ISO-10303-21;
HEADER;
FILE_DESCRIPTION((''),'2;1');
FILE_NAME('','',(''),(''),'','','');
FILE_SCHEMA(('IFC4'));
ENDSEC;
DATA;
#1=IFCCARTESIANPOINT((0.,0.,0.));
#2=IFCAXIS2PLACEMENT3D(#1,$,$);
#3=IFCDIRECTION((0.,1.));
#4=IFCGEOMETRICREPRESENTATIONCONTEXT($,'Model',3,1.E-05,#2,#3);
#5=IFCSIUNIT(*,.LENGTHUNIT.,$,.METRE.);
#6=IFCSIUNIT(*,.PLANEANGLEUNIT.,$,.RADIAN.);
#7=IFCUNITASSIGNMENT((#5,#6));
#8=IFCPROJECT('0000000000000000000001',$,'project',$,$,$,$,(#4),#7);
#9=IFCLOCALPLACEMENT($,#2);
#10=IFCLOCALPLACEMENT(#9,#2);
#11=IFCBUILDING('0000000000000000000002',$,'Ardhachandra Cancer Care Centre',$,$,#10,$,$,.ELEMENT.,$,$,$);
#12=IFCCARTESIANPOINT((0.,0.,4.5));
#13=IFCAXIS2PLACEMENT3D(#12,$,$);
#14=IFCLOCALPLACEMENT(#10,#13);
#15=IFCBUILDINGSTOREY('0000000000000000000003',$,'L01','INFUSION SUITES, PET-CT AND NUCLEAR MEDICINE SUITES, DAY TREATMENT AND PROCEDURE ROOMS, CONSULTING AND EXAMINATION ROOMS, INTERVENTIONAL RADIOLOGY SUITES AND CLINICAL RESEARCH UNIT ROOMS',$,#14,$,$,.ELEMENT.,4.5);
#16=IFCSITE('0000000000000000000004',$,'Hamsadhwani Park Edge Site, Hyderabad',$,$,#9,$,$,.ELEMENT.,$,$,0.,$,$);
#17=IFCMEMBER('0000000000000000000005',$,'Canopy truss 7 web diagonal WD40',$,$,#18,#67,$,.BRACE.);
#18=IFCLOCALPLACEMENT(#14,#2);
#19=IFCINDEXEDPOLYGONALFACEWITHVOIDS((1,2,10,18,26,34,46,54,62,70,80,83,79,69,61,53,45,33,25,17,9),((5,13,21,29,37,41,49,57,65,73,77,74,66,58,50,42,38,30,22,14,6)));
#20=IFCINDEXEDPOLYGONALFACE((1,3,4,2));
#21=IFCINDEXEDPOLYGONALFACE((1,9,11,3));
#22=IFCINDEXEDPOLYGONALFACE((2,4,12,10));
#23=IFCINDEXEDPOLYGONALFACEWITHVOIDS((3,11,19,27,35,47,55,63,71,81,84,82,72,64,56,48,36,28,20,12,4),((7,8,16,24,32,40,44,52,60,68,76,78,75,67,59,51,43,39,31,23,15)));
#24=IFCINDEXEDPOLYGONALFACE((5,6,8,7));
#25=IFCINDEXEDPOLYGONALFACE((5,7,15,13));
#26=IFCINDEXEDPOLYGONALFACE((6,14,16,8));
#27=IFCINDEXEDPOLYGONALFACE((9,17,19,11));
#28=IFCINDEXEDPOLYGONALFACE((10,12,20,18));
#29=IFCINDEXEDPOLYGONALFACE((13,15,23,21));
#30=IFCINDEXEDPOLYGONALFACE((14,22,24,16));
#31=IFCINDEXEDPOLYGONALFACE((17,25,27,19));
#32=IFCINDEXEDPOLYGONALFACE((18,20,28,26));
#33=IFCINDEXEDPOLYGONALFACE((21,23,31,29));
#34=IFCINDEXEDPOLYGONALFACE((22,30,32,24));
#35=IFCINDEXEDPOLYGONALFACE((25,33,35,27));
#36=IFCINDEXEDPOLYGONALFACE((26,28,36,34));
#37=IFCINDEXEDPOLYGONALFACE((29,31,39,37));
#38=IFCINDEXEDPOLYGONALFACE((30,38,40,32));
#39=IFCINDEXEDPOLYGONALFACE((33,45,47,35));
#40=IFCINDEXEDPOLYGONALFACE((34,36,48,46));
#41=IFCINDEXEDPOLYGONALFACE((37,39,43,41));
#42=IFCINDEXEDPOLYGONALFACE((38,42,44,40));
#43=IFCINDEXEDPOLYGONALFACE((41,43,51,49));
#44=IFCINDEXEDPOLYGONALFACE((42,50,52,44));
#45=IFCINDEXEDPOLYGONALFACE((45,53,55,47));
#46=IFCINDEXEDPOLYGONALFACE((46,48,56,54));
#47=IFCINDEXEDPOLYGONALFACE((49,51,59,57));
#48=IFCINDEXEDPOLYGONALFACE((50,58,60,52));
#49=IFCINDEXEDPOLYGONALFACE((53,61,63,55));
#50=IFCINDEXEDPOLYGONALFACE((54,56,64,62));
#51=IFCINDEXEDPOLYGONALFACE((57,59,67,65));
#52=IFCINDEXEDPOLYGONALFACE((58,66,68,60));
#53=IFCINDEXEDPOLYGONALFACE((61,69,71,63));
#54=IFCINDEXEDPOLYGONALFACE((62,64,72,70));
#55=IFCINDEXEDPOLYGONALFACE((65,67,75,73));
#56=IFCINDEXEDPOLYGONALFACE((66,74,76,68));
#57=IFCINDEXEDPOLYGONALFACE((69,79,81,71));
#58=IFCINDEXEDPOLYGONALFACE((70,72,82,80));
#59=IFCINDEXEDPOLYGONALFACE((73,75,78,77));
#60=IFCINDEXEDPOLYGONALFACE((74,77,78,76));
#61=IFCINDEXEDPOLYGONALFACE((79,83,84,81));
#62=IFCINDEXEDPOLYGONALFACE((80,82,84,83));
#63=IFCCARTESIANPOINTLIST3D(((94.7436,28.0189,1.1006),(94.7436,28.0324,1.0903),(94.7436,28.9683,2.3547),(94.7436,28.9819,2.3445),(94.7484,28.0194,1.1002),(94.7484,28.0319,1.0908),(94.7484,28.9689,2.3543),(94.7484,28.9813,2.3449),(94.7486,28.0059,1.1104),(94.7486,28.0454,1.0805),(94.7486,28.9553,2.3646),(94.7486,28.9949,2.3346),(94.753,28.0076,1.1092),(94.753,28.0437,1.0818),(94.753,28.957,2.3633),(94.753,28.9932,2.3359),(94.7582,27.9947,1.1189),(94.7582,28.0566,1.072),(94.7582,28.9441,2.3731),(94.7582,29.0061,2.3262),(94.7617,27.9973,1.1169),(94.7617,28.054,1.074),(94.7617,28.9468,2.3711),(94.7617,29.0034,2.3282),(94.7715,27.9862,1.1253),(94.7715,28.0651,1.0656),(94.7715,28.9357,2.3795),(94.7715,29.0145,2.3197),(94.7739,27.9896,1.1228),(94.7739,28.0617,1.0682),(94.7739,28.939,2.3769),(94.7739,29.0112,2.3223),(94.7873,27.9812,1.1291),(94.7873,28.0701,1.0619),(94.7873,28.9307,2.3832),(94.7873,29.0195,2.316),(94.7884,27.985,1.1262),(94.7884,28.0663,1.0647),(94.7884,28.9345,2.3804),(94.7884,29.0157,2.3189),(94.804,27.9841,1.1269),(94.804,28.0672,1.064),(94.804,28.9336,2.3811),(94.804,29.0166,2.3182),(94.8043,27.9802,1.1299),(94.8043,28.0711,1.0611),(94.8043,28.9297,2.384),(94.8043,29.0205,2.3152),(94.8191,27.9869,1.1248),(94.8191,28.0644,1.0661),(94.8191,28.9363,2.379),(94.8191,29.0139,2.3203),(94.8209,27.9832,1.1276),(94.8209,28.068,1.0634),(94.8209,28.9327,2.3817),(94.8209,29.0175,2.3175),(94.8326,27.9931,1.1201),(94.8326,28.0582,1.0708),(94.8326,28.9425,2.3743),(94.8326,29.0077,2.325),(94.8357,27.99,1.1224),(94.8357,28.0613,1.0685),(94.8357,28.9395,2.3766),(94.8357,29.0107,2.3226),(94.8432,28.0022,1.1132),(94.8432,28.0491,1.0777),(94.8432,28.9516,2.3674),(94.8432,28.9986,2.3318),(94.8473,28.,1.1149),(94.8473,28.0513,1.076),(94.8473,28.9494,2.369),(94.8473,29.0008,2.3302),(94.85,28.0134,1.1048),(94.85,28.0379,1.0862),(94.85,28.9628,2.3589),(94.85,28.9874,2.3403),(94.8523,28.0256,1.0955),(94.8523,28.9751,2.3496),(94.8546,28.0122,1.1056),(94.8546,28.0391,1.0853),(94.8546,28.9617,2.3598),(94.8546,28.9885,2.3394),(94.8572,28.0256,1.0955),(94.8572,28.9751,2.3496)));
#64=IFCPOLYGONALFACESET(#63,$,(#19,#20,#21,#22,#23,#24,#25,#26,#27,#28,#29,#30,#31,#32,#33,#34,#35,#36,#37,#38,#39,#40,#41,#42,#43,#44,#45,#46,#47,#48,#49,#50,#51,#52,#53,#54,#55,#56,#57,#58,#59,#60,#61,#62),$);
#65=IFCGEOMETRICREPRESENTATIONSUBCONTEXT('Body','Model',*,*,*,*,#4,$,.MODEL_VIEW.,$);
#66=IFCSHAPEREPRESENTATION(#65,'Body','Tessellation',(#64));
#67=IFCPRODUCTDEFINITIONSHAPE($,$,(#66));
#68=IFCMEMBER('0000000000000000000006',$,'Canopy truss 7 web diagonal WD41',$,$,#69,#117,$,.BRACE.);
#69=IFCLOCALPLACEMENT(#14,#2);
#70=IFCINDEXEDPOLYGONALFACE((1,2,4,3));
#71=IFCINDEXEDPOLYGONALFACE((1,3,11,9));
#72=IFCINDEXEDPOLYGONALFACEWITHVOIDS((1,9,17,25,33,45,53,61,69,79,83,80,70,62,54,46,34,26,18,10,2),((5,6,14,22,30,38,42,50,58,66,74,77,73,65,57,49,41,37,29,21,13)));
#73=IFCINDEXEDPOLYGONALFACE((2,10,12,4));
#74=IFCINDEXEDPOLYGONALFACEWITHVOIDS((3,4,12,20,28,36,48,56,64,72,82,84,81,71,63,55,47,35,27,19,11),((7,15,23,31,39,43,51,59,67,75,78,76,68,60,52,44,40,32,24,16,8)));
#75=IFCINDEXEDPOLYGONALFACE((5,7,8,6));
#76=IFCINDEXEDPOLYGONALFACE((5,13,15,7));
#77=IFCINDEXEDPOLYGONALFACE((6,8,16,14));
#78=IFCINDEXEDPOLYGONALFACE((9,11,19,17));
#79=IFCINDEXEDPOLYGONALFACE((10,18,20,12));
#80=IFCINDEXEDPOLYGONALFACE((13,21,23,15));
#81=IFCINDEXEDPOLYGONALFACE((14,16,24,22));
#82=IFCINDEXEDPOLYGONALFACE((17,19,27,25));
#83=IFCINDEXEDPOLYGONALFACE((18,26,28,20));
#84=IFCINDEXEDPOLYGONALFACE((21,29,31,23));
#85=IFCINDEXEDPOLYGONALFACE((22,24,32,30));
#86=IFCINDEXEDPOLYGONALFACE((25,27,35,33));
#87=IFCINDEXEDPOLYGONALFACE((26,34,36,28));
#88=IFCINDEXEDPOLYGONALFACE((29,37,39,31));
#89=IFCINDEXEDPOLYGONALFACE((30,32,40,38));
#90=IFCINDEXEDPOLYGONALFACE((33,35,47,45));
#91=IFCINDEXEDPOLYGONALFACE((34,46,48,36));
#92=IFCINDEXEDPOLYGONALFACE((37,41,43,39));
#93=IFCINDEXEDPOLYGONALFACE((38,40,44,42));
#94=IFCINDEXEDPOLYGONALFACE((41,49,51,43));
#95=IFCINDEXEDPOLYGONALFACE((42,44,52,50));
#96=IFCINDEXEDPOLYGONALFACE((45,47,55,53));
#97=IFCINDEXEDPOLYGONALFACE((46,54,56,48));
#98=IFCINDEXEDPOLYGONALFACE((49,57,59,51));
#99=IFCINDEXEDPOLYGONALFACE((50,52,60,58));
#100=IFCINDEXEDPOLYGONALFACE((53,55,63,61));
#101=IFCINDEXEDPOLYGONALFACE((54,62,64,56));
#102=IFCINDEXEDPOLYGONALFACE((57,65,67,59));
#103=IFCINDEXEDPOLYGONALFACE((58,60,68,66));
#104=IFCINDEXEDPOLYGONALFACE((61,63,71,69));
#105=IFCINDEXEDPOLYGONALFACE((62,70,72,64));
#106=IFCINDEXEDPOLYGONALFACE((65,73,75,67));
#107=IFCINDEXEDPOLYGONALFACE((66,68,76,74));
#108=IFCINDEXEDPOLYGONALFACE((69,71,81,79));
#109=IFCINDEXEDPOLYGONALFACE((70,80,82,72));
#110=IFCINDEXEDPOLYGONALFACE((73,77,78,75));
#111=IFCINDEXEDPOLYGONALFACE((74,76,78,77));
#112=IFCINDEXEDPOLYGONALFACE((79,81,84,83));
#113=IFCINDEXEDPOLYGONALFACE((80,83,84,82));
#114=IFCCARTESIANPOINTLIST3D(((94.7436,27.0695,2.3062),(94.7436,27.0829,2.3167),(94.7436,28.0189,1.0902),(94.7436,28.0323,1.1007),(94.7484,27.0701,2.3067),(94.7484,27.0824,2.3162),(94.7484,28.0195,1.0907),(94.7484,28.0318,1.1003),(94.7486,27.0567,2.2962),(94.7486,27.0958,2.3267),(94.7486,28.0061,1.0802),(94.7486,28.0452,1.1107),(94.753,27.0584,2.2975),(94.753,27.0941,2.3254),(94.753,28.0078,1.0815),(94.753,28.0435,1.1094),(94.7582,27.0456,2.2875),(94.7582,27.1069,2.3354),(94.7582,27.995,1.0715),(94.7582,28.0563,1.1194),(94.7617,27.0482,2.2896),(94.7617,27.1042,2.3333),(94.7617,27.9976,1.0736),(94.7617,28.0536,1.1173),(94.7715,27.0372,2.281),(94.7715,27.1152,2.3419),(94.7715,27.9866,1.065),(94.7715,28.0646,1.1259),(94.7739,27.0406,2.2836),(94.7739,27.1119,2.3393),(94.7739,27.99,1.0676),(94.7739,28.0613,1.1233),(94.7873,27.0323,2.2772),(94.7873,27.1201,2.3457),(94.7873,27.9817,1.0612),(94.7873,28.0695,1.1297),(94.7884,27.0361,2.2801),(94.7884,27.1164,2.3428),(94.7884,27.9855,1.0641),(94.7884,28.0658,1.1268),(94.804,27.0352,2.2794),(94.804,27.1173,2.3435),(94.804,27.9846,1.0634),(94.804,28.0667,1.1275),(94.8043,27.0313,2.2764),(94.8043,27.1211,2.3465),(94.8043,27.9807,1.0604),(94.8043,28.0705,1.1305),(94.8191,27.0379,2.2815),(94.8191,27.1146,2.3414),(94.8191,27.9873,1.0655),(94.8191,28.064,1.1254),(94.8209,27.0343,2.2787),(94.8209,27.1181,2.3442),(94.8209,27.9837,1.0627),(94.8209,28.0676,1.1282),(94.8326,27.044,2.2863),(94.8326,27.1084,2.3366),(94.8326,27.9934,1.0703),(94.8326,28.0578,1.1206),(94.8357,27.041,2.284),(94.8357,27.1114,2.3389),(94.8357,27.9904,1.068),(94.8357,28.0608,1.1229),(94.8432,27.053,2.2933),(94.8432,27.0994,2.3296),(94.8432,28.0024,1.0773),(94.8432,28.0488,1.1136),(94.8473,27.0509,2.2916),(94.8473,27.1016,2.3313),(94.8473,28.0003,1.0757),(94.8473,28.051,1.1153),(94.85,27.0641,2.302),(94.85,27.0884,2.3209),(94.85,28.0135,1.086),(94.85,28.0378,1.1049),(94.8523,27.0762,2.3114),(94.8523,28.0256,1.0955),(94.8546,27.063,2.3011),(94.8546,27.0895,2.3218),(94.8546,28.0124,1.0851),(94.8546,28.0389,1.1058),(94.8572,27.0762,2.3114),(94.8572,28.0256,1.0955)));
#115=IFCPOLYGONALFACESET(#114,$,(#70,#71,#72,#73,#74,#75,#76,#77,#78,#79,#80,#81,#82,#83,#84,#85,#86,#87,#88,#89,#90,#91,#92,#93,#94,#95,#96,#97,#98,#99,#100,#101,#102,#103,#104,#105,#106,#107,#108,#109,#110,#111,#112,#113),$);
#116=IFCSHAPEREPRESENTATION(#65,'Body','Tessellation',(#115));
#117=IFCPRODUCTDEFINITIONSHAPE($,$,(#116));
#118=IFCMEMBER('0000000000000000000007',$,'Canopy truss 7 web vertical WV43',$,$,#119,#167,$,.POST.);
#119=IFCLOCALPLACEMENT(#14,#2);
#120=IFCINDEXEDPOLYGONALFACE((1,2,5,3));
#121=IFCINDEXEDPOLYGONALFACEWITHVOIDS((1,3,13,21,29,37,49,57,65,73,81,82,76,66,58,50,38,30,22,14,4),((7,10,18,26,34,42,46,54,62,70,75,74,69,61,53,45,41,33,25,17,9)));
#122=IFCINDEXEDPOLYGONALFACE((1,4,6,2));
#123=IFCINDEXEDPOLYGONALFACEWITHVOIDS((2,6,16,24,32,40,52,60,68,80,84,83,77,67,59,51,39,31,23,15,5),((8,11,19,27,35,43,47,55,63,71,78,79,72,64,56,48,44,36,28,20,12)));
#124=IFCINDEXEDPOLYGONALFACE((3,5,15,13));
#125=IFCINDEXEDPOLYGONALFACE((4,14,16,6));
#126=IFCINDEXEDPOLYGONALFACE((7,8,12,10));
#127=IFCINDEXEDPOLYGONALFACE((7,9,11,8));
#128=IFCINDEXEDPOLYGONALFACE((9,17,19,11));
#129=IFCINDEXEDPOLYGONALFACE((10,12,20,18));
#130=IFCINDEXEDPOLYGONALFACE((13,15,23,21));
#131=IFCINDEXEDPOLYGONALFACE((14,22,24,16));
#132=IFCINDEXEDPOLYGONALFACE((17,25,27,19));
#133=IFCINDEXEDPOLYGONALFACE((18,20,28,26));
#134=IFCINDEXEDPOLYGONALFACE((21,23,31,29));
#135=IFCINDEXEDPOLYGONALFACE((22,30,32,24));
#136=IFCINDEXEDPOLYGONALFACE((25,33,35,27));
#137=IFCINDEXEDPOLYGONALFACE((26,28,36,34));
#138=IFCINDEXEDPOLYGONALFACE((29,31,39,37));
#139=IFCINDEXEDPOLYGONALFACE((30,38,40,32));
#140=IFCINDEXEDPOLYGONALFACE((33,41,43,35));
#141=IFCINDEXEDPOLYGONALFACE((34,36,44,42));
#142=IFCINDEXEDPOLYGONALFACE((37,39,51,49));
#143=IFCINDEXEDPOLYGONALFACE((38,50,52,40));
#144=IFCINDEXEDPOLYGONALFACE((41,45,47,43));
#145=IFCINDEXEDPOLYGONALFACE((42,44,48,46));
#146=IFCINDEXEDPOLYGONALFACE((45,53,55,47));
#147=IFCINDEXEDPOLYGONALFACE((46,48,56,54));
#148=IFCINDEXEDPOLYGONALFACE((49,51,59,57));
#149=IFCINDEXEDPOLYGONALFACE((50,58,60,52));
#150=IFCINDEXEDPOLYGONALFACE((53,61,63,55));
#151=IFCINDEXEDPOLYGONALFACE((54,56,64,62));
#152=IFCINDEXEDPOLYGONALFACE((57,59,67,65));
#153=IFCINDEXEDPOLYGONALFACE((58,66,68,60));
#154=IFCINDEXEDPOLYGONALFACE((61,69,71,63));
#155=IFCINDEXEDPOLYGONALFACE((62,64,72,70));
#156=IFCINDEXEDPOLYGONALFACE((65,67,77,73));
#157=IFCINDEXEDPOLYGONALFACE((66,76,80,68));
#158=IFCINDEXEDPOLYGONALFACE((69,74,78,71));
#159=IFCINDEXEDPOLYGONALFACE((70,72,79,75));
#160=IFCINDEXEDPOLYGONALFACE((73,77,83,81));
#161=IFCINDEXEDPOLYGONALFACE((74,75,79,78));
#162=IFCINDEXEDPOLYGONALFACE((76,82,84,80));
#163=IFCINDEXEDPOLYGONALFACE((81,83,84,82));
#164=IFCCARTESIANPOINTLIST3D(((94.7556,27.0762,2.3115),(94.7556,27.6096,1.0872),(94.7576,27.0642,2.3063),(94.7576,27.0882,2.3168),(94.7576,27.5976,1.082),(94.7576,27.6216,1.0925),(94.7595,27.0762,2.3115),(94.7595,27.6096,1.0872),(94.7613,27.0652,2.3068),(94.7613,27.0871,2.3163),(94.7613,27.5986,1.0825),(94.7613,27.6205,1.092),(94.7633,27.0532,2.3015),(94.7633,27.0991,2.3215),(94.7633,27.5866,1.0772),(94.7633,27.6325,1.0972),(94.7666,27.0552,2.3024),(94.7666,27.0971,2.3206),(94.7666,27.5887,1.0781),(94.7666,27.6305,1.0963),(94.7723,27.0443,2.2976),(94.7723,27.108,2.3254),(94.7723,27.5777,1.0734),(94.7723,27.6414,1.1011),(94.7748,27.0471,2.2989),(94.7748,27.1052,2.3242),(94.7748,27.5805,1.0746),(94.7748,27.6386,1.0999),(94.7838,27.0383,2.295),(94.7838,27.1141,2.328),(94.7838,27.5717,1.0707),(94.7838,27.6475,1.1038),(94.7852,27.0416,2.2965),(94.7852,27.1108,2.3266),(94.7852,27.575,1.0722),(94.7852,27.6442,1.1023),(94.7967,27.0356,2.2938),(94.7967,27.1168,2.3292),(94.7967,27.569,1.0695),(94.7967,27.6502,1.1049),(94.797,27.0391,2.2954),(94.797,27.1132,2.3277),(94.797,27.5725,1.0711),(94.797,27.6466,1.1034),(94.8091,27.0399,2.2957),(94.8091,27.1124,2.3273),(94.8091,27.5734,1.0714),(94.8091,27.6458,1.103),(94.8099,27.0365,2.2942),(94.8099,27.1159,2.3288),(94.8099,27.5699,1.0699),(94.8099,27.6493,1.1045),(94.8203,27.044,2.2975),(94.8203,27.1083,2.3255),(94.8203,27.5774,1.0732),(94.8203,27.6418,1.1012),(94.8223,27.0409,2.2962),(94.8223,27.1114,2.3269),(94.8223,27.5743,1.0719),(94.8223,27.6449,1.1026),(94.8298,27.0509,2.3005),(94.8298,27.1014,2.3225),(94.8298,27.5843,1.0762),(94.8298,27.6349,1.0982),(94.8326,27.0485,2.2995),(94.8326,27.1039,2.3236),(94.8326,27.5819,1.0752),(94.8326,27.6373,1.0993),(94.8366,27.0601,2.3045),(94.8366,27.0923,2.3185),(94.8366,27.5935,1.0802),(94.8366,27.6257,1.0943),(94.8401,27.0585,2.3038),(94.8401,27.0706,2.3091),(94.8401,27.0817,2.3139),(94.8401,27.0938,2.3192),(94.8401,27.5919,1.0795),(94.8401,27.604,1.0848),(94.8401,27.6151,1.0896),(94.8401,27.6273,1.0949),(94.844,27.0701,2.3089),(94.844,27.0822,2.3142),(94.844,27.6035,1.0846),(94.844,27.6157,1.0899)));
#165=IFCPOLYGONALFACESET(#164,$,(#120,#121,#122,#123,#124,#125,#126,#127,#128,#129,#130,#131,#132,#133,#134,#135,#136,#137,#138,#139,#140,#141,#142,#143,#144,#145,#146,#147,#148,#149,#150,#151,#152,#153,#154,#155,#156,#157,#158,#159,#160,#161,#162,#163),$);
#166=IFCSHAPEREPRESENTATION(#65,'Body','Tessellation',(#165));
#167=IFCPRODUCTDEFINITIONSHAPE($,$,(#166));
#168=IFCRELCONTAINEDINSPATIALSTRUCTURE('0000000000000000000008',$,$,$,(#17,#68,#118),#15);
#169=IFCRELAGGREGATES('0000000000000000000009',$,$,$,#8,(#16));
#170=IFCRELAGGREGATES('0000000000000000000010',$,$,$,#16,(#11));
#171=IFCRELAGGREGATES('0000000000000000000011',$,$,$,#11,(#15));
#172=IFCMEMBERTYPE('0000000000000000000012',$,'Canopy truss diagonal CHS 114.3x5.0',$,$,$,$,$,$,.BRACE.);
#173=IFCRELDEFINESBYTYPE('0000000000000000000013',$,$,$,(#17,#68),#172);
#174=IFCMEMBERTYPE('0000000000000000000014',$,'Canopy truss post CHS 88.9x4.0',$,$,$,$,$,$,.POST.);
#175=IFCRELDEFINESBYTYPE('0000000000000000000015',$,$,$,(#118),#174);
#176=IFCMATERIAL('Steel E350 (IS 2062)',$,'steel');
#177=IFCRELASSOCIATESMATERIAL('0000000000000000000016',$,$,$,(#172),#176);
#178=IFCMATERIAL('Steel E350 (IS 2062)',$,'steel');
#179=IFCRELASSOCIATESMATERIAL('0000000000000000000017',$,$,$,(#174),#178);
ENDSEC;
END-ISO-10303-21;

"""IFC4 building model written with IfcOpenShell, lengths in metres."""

from ifc_helpers import new_model, si_unit, direction, frame, origin, origin_2d, place, context, subcontext, project, spatial, hollow_circle, extrude, material, material_profile, profile_set, type_object, element, save


model = new_model("IFC4")

# Units and contexts
model_context = context("Model", 3, precision=1e-05, world=origin(), true_north=direction((0.0, 1.0)))
body_context = subcontext(model_context, "Body", "Model", "MODEL_VIEW")
ifc_project = project(units=[si_unit("LENGTHUNIT", "METRE"), si_unit("PLANEANGLEUNIT", "RADIAN")], contexts=[model_context])

# Site, building, storey
site_placement = place(None, origin())
site = spatial("IfcSite", under=ifc_project, at=site_placement, Name="Hamsadhwani Park Edge Site, Hyderabad", CompositionType="ELEMENT", RefElevation=0.0)
building_placement = place(site_placement, origin())
building = spatial("IfcBuilding", under=site, at=building_placement, Name="Ardhachandra Cancer Care Centre", CompositionType="ELEMENT")
storey_placement = place(building_placement, frame((0.0, 0.0, 4.5)))
storey = spatial("IfcBuildingStorey", under=building, at=storey_placement, Name="L01", Description="INFUSION SUITES, PET-CT AND NUCLEAR MEDICINE SUITES, DAY TREATMENT AND PROCEDURE ROOMS, CONSULTING AND EXAMINATION ROOMS, INTERVENTIONAL RADIOLOGY SUITES AND CLINICAL RESEARCH UNIT ROOMS", CompositionType="ELEMENT", Elevation=4.5)

# Members
ifc_material_1 = material(Name="Steel E350 (IS 2062)", Category="steel")
ifc_material_profile_1 = material_profile(ifc_material_1, hollow_circle(Radius=0.0571, WallThickness=0.0049, at=origin_2d()), Name="CHS 114.3x5.0")
ifc_profile_set_1 = profile_set([ifc_material_profile_1], Name="Steel E350 (IS 2062)")
member_type_1 = type_object("IfcMemberType", Name="Canopy truss diagonal CHS 114.3x5.0", PredefinedType="BRACE", material=ifc_profile_set_1)
member_1_placement = place(storey_placement, frame((94.8, 28.9751, 2.3496), z_axis=(0.0, -0.603595, -0.797291), x_axis=(1.0, 0.0, 0.0)))
element("IfcMember", 1, at=member_1_placement, inside=storey, type_object=member_type_1, Name="Canopy truss 7 web diagonal WD40", PredefinedType="BRACE", context=body_context, shape_type="SweptSolid", body=[
    extrude(hollow_circle(Radius=0.0571, WallThickness=0.0049, at=origin_2d()), origin(), (0.0, 0.0, 1.0), 1.573),
])
member_2_placement = place(storey_placement, frame((94.8, 28.0256, 1.0955), z_axis=(0.0, -0.615408, 0.788209), x_axis=(1.0, 0.0, 0.0)))
element("IfcMember", 2, at=member_2_placement, inside=storey, type_object=member_type_1, Name="Canopy truss 7 web diagonal WD41", PredefinedType="BRACE", context=body_context, shape_type="SweptSolid", body=[
    extrude(hollow_circle(Radius=0.0571, WallThickness=0.0049, at=origin_2d()), origin(), (0.0, 0.0, 1.0), 1.5427),
])
ifc_material_2 = material(Name="Steel E350 (IS 2062)", Category="steel")
ifc_material_profile_2 = material_profile(ifc_material_2, hollow_circle(Radius=0.0444, WallThickness=0.0039, at=origin_2d()), Name="CHS 88.9x4.0")
ifc_profile_set_2 = profile_set([ifc_material_profile_2], Name="Steel E350 (IS 2062)")
member_type_2 = type_object("IfcMemberType", Name="Canopy truss post CHS 88.9x4.0", PredefinedType="POST", material=ifc_profile_set_2)
member_3_placement = place(storey_placement, frame((94.8, 27.0762, 2.3115), z_axis=(0.0, 0.399428, -0.916765), x_axis=(-1.0, 0.0, 0.0)))
element("IfcMember", 3, at=member_3_placement, inside=storey, type_object=member_type_2, Name="Canopy truss 7 web vertical WV43", PredefinedType="POST", context=body_context, shape_type="SweptSolid", body=[
    extrude(hollow_circle(Radius=0.0444, WallThickness=0.0039, at=origin_2d()), origin(), (0.0, 0.0, 1.0), 1.3354),
])

save(model, "model.ifc")
